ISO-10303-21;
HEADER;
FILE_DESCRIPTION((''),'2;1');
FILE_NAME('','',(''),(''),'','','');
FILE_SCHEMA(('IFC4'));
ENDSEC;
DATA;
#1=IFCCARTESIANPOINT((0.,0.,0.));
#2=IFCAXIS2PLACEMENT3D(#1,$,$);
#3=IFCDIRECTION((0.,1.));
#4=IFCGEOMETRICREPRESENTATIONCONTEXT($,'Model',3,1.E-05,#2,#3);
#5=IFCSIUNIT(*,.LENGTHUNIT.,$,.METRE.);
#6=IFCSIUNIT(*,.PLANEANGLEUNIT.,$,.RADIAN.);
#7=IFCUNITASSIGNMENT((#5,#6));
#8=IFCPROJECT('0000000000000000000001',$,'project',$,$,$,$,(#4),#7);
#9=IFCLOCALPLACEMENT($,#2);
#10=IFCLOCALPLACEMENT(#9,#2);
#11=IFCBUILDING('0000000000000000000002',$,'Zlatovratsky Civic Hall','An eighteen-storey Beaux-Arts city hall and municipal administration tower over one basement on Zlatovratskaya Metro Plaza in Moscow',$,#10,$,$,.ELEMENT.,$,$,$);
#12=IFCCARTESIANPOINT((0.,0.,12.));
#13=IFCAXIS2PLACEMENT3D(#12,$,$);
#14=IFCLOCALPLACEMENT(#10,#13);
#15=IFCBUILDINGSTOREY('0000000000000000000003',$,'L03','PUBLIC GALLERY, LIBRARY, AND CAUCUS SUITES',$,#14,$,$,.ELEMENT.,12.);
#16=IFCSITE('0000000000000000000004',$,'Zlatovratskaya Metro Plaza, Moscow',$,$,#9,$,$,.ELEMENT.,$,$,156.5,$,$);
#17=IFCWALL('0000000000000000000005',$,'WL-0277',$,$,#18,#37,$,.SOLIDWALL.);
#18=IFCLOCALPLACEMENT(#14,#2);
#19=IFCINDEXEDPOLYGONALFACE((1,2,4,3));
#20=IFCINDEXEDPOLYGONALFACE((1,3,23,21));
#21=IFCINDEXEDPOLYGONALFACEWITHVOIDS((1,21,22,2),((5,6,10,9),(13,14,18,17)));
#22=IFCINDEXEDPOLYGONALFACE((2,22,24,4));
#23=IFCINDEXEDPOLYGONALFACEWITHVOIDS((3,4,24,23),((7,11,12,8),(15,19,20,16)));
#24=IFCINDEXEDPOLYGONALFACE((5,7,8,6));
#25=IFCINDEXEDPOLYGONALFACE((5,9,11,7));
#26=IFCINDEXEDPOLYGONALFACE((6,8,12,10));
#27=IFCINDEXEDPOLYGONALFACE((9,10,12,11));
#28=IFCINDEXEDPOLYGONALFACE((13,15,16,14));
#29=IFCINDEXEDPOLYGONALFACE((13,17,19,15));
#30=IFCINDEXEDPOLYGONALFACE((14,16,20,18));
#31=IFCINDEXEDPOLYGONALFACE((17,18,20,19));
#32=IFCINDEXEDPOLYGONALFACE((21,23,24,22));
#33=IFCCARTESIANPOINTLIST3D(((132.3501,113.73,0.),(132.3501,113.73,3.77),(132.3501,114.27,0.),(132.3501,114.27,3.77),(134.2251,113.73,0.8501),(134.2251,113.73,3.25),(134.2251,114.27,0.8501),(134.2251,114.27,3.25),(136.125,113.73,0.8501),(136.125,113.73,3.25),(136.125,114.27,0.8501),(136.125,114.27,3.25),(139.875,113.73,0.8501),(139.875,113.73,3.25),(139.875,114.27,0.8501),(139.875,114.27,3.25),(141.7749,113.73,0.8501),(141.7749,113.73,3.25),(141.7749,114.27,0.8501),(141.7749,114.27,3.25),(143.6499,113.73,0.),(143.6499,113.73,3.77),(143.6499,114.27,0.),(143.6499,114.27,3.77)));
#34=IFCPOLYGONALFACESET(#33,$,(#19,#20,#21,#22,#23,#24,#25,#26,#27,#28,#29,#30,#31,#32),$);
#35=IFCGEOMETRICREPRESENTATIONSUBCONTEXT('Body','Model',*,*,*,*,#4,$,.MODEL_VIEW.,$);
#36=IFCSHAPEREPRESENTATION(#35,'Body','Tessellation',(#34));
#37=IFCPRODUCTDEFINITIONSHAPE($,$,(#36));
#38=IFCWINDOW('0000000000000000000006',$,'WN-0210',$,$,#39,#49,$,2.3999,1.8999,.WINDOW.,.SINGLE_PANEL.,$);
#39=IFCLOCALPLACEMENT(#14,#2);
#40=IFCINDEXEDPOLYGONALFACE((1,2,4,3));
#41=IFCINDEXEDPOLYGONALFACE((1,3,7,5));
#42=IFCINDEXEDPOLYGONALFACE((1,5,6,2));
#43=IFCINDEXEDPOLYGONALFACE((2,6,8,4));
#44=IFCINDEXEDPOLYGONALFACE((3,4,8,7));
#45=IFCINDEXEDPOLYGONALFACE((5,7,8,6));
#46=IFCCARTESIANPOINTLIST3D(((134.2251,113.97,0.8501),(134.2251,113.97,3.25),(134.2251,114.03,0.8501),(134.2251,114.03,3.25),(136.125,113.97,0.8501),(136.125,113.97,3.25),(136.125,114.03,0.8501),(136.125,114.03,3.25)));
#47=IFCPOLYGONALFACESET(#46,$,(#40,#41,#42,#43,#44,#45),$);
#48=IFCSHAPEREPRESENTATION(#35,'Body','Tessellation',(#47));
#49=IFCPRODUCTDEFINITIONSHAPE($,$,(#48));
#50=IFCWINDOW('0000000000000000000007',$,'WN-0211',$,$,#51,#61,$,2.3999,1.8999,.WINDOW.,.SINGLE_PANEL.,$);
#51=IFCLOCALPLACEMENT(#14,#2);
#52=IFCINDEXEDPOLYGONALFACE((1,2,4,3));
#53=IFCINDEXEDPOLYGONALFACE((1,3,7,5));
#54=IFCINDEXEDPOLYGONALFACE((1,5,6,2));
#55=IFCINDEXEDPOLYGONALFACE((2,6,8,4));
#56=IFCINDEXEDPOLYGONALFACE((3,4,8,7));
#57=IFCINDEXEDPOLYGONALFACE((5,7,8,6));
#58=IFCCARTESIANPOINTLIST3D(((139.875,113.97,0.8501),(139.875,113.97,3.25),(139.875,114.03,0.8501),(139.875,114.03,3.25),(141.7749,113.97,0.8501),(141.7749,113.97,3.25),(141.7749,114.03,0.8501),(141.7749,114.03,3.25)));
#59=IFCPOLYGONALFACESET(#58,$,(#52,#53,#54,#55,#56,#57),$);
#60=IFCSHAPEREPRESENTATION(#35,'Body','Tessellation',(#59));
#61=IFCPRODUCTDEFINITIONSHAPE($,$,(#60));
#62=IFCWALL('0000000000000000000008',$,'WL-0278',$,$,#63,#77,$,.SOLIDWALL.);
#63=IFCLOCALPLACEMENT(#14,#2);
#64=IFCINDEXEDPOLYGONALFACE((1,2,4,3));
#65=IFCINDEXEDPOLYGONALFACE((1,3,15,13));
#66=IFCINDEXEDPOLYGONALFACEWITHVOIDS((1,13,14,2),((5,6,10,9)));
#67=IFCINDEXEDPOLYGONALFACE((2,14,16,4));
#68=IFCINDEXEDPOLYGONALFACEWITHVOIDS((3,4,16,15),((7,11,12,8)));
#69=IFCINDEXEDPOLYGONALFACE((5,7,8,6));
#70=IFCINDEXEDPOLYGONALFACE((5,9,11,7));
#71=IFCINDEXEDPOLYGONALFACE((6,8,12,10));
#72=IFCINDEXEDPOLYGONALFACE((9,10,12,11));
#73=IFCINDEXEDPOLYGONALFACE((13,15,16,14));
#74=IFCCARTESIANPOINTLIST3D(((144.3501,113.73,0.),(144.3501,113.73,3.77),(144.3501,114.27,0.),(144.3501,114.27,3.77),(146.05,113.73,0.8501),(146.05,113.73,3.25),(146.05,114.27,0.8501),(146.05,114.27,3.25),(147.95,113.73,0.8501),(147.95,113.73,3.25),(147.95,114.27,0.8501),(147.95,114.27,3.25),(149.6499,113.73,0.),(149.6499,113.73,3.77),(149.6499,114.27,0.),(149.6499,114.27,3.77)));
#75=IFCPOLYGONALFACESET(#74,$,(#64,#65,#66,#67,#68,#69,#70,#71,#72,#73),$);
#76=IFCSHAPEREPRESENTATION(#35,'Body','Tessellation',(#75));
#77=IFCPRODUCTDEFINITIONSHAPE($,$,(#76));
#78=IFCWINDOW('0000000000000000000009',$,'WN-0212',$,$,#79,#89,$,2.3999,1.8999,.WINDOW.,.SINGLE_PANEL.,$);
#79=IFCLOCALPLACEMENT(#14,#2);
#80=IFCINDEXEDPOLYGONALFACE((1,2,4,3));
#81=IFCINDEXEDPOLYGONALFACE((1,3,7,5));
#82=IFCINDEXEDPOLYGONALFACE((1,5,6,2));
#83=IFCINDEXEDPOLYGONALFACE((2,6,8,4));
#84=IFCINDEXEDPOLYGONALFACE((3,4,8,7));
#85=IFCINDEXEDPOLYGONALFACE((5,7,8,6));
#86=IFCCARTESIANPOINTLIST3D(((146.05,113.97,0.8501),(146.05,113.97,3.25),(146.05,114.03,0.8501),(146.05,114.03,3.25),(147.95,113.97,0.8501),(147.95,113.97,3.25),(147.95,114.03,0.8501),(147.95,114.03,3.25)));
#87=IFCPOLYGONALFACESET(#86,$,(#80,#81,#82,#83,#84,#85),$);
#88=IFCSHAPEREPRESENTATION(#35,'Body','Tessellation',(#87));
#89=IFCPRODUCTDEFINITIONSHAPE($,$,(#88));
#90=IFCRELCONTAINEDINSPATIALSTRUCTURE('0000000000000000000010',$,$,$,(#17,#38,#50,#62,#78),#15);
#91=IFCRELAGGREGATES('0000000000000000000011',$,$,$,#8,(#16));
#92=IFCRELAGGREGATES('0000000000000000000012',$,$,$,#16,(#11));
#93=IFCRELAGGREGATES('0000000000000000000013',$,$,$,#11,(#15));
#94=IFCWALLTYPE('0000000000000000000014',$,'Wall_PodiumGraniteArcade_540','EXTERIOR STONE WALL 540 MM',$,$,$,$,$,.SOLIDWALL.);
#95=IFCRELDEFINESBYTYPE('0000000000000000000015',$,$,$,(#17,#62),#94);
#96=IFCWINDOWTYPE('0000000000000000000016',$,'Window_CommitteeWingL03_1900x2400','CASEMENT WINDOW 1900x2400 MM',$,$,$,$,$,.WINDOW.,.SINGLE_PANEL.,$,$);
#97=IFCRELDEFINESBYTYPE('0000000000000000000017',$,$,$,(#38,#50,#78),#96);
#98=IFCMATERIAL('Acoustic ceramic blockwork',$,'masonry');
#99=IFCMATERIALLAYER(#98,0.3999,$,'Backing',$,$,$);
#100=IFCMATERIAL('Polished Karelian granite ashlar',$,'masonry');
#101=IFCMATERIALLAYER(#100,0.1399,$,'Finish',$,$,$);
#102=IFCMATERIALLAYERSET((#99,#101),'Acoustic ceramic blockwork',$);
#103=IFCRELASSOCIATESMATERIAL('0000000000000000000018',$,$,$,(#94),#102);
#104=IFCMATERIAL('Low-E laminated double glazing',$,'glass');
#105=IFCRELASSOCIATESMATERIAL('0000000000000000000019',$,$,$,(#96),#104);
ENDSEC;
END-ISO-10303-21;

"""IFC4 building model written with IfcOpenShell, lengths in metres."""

from ifc_helpers import new_model, si_unit, direction, frame, frame_2d, origin, place, context, subcontext, project, spatial, rectangle, extrude, material, layer, layer_set, type_object, element, fill, save


model = new_model("IFC4")

# Units and contexts
model_context = context("Model", 3, precision=1e-05, world=origin(), true_north=direction((0.0, 1.0)))
body_context = subcontext(model_context, "Body", "Model", "MODEL_VIEW")
ifc_project = project(units=[si_unit("LENGTHUNIT", "METRE"), si_unit("PLANEANGLEUNIT", "RADIAN")], contexts=[model_context])

# Site, building, storey
site_placement = place(None, origin())
site = spatial("IfcSite", under=ifc_project, at=site_placement, Name="Zlatovratskaya Metro Plaza, Moscow", CompositionType="ELEMENT", RefElevation=156.5)
building_placement = place(site_placement, origin())
building = spatial("IfcBuilding", under=site, at=building_placement, Name="Zlatovratsky Civic Hall", Description="An eighteen-storey Beaux-Arts city hall and municipal administration tower over one basement on Zlatovratskaya Metro Plaza in Moscow", CompositionType="ELEMENT")
storey_placement = place(building_placement, frame((0.0, 0.0, 12.0)))
storey = spatial("IfcBuildingStorey", under=building, at=storey_placement, Name="L03", Description="PUBLIC GALLERY, LIBRARY, AND CAUCUS SUITES", CompositionType="ELEMENT", Elevation=12.0)

# Wall, openings, windows
ifc_material_1 = material(Name="Acoustic ceramic blockwork", Category="masonry")
ifc_layer_1 = layer(ifc_material_1, 0.3999, Name="Backing")
ifc_material_2 = material(Name="Polished Karelian granite ashlar", Category="masonry")
ifc_layer_2 = layer(ifc_material_2, 0.1399, Name="Finish")
ifc_layer_set = layer_set([ifc_layer_1, ifc_layer_2], Name="Acoustic ceramic blockwork")
wall_type = type_object("IfcWallType", Name="Wall_PodiumGraniteArcade_540", Description="EXTERIOR STONE WALL 540 MM", PredefinedType="SOLIDWALL", material=ifc_layer_set)
wall_1_placement = place(storey_placement, frame((132.3501, 114.0, 0.0), z_axis=(0.0, 0.0, 1.0), x_axis=(1.0, 0.0, 0.0)))
wall_1 = element("IfcWall", 1, at=wall_1_placement, inside=storey, type_object=wall_type, Name="WL-0277", PredefinedType="SOLIDWALL", context=body_context, shape_type="SweptSolid", body=[
    extrude(rectangle(XDim=11.2998, YDim=0.54, at=frame_2d((5.6499, 0.0))), origin(), (0.0, 0.0, 1.0), 3.77),
])
opening_1_placement = place(wall_1_placement, frame((1.875, 0.0, 0.8501)))
opening_1 = element("IfcOpeningElement", 2, at=opening_1_placement, cuts=wall_1, PredefinedType="OPENING", context=body_context, shape_type="SweptSolid", body=[
    extrude(rectangle(XDim=1.8999, YDim=2.3999, at=frame_2d((0.95, 1.2))), frame((0.0, 0.2849, 0.0), z_axis=(0.0, -1.0, 0.0), x_axis=(1.0, 0.0, 0.0)), (0.0, 0.0, 1.0), 0.5698),
])
opening_2_placement = place(wall_1_placement, frame((7.5249, 0.0, 0.8501)))
opening_2 = element("IfcOpeningElement", 3, at=opening_2_placement, cuts=wall_1, PredefinedType="OPENING", context=body_context, shape_type="SweptSolid", body=[
    extrude(rectangle(XDim=1.8999, YDim=2.3999, at=frame_2d((0.95, 1.2))), frame((0.0, 0.2849, 0.0), z_axis=(0.0, -1.0, 0.0), x_axis=(1.0, 0.0, 0.0)), (0.0, 0.0, 1.0), 0.5698),
])
ifc_material_3 = material(Name="Low-E laminated double glazing", Category="glass")
window_type = type_object("IfcWindowType", Name="Window_CommitteeWingL03_1900x2400", Description="CASEMENT WINDOW 1900x2400 MM", PartitioningType="SINGLE_PANEL", PredefinedType="WINDOW", material=ifc_material_3)
window_1_placement = place(opening_1_placement, origin())
window_1 = element("IfcWindow", 4, at=window_1_placement, inside=storey, type_object=window_type, Name="WN-0210", OverallHeight=2.3999, OverallWidth=1.8999, PartitioningType="SINGLE_PANEL", PredefinedType="WINDOW", context=body_context, shape_type="SweptSolid", body=[
    extrude(rectangle(XDim=1.8999, YDim=2.3999, at=frame_2d((0.95, 1.2))), frame((0.0, 0.03, 0.0), z_axis=(0.0, -1.0, 0.0), x_axis=(1.0, 0.0, 0.0)), (0.0, 0.0, 1.0), 0.0601),
])
fill(opening_1, window_1)
window_2_placement = place(opening_2_placement, origin())
window_2 = element("IfcWindow", 5, at=window_2_placement, inside=storey, type_object=window_type, Name="WN-0211", OverallHeight=2.3999, OverallWidth=1.8999, PartitioningType="SINGLE_PANEL", PredefinedType="WINDOW", context=body_context, shape_type="SweptSolid", body=[
    extrude(rectangle(XDim=1.8999, YDim=2.3999, at=frame_2d((0.95, 1.2))), frame((0.0, 0.03, 0.0), z_axis=(0.0, -1.0, 0.0), x_axis=(1.0, 0.0, 0.0)), (0.0, 0.0, 1.0), 0.0601),
])
fill(opening_2, window_2)

# Wall, opening, window
wall_2_placement = place(storey_placement, frame((144.3501, 114.0, 0.0), z_axis=(0.0, 0.0, 1.0), x_axis=(1.0, 0.0, 0.0)))
wall_2 = element("IfcWall", 6, at=wall_2_placement, inside=storey, type_object=wall_type, Name="WL-0278", PredefinedType="SOLIDWALL", context=body_context, shape_type="SweptSolid", body=[
    extrude(rectangle(XDim=5.2998, YDim=0.54, at=frame_2d((2.6499, 0.0))), origin(), (0.0, 0.0, 1.0), 3.77),
])
opening_3_placement = place(wall_2_placement, frame((1.7, 0.0, 0.8501)))
opening_3 = element("IfcOpeningElement", 7, at=opening_3_placement, cuts=wall_2, PredefinedType="OPENING", context=body_context, shape_type="SweptSolid", body=[
    extrude(rectangle(XDim=1.8999, YDim=2.3999, at=frame_2d((0.95, 1.2))), frame((0.0, 0.2849, 0.0), z_axis=(0.0, -1.0, 0.0), x_axis=(1.0, 0.0, 0.0)), (0.0, 0.0, 1.0), 0.5698),
])
window_3_placement = place(opening_3_placement, origin())
window_3 = element("IfcWindow", 8, at=window_3_placement, inside=storey, type_object=window_type, Name="WN-0212", OverallHeight=2.3999, OverallWidth=1.8999, PartitioningType="SINGLE_PANEL", PredefinedType="WINDOW", context=body_context, shape_type="SweptSolid", body=[
    extrude(rectangle(XDim=1.8999, YDim=2.3999, at=frame_2d((0.95, 1.2))), frame((0.0, 0.03, 0.0), z_axis=(0.0, -1.0, 0.0), x_axis=(1.0, 0.0, 0.0)), (0.0, 0.0, 1.0), 0.0601),
])
fill(opening_3, window_3)

save(model, "model.ifc")
